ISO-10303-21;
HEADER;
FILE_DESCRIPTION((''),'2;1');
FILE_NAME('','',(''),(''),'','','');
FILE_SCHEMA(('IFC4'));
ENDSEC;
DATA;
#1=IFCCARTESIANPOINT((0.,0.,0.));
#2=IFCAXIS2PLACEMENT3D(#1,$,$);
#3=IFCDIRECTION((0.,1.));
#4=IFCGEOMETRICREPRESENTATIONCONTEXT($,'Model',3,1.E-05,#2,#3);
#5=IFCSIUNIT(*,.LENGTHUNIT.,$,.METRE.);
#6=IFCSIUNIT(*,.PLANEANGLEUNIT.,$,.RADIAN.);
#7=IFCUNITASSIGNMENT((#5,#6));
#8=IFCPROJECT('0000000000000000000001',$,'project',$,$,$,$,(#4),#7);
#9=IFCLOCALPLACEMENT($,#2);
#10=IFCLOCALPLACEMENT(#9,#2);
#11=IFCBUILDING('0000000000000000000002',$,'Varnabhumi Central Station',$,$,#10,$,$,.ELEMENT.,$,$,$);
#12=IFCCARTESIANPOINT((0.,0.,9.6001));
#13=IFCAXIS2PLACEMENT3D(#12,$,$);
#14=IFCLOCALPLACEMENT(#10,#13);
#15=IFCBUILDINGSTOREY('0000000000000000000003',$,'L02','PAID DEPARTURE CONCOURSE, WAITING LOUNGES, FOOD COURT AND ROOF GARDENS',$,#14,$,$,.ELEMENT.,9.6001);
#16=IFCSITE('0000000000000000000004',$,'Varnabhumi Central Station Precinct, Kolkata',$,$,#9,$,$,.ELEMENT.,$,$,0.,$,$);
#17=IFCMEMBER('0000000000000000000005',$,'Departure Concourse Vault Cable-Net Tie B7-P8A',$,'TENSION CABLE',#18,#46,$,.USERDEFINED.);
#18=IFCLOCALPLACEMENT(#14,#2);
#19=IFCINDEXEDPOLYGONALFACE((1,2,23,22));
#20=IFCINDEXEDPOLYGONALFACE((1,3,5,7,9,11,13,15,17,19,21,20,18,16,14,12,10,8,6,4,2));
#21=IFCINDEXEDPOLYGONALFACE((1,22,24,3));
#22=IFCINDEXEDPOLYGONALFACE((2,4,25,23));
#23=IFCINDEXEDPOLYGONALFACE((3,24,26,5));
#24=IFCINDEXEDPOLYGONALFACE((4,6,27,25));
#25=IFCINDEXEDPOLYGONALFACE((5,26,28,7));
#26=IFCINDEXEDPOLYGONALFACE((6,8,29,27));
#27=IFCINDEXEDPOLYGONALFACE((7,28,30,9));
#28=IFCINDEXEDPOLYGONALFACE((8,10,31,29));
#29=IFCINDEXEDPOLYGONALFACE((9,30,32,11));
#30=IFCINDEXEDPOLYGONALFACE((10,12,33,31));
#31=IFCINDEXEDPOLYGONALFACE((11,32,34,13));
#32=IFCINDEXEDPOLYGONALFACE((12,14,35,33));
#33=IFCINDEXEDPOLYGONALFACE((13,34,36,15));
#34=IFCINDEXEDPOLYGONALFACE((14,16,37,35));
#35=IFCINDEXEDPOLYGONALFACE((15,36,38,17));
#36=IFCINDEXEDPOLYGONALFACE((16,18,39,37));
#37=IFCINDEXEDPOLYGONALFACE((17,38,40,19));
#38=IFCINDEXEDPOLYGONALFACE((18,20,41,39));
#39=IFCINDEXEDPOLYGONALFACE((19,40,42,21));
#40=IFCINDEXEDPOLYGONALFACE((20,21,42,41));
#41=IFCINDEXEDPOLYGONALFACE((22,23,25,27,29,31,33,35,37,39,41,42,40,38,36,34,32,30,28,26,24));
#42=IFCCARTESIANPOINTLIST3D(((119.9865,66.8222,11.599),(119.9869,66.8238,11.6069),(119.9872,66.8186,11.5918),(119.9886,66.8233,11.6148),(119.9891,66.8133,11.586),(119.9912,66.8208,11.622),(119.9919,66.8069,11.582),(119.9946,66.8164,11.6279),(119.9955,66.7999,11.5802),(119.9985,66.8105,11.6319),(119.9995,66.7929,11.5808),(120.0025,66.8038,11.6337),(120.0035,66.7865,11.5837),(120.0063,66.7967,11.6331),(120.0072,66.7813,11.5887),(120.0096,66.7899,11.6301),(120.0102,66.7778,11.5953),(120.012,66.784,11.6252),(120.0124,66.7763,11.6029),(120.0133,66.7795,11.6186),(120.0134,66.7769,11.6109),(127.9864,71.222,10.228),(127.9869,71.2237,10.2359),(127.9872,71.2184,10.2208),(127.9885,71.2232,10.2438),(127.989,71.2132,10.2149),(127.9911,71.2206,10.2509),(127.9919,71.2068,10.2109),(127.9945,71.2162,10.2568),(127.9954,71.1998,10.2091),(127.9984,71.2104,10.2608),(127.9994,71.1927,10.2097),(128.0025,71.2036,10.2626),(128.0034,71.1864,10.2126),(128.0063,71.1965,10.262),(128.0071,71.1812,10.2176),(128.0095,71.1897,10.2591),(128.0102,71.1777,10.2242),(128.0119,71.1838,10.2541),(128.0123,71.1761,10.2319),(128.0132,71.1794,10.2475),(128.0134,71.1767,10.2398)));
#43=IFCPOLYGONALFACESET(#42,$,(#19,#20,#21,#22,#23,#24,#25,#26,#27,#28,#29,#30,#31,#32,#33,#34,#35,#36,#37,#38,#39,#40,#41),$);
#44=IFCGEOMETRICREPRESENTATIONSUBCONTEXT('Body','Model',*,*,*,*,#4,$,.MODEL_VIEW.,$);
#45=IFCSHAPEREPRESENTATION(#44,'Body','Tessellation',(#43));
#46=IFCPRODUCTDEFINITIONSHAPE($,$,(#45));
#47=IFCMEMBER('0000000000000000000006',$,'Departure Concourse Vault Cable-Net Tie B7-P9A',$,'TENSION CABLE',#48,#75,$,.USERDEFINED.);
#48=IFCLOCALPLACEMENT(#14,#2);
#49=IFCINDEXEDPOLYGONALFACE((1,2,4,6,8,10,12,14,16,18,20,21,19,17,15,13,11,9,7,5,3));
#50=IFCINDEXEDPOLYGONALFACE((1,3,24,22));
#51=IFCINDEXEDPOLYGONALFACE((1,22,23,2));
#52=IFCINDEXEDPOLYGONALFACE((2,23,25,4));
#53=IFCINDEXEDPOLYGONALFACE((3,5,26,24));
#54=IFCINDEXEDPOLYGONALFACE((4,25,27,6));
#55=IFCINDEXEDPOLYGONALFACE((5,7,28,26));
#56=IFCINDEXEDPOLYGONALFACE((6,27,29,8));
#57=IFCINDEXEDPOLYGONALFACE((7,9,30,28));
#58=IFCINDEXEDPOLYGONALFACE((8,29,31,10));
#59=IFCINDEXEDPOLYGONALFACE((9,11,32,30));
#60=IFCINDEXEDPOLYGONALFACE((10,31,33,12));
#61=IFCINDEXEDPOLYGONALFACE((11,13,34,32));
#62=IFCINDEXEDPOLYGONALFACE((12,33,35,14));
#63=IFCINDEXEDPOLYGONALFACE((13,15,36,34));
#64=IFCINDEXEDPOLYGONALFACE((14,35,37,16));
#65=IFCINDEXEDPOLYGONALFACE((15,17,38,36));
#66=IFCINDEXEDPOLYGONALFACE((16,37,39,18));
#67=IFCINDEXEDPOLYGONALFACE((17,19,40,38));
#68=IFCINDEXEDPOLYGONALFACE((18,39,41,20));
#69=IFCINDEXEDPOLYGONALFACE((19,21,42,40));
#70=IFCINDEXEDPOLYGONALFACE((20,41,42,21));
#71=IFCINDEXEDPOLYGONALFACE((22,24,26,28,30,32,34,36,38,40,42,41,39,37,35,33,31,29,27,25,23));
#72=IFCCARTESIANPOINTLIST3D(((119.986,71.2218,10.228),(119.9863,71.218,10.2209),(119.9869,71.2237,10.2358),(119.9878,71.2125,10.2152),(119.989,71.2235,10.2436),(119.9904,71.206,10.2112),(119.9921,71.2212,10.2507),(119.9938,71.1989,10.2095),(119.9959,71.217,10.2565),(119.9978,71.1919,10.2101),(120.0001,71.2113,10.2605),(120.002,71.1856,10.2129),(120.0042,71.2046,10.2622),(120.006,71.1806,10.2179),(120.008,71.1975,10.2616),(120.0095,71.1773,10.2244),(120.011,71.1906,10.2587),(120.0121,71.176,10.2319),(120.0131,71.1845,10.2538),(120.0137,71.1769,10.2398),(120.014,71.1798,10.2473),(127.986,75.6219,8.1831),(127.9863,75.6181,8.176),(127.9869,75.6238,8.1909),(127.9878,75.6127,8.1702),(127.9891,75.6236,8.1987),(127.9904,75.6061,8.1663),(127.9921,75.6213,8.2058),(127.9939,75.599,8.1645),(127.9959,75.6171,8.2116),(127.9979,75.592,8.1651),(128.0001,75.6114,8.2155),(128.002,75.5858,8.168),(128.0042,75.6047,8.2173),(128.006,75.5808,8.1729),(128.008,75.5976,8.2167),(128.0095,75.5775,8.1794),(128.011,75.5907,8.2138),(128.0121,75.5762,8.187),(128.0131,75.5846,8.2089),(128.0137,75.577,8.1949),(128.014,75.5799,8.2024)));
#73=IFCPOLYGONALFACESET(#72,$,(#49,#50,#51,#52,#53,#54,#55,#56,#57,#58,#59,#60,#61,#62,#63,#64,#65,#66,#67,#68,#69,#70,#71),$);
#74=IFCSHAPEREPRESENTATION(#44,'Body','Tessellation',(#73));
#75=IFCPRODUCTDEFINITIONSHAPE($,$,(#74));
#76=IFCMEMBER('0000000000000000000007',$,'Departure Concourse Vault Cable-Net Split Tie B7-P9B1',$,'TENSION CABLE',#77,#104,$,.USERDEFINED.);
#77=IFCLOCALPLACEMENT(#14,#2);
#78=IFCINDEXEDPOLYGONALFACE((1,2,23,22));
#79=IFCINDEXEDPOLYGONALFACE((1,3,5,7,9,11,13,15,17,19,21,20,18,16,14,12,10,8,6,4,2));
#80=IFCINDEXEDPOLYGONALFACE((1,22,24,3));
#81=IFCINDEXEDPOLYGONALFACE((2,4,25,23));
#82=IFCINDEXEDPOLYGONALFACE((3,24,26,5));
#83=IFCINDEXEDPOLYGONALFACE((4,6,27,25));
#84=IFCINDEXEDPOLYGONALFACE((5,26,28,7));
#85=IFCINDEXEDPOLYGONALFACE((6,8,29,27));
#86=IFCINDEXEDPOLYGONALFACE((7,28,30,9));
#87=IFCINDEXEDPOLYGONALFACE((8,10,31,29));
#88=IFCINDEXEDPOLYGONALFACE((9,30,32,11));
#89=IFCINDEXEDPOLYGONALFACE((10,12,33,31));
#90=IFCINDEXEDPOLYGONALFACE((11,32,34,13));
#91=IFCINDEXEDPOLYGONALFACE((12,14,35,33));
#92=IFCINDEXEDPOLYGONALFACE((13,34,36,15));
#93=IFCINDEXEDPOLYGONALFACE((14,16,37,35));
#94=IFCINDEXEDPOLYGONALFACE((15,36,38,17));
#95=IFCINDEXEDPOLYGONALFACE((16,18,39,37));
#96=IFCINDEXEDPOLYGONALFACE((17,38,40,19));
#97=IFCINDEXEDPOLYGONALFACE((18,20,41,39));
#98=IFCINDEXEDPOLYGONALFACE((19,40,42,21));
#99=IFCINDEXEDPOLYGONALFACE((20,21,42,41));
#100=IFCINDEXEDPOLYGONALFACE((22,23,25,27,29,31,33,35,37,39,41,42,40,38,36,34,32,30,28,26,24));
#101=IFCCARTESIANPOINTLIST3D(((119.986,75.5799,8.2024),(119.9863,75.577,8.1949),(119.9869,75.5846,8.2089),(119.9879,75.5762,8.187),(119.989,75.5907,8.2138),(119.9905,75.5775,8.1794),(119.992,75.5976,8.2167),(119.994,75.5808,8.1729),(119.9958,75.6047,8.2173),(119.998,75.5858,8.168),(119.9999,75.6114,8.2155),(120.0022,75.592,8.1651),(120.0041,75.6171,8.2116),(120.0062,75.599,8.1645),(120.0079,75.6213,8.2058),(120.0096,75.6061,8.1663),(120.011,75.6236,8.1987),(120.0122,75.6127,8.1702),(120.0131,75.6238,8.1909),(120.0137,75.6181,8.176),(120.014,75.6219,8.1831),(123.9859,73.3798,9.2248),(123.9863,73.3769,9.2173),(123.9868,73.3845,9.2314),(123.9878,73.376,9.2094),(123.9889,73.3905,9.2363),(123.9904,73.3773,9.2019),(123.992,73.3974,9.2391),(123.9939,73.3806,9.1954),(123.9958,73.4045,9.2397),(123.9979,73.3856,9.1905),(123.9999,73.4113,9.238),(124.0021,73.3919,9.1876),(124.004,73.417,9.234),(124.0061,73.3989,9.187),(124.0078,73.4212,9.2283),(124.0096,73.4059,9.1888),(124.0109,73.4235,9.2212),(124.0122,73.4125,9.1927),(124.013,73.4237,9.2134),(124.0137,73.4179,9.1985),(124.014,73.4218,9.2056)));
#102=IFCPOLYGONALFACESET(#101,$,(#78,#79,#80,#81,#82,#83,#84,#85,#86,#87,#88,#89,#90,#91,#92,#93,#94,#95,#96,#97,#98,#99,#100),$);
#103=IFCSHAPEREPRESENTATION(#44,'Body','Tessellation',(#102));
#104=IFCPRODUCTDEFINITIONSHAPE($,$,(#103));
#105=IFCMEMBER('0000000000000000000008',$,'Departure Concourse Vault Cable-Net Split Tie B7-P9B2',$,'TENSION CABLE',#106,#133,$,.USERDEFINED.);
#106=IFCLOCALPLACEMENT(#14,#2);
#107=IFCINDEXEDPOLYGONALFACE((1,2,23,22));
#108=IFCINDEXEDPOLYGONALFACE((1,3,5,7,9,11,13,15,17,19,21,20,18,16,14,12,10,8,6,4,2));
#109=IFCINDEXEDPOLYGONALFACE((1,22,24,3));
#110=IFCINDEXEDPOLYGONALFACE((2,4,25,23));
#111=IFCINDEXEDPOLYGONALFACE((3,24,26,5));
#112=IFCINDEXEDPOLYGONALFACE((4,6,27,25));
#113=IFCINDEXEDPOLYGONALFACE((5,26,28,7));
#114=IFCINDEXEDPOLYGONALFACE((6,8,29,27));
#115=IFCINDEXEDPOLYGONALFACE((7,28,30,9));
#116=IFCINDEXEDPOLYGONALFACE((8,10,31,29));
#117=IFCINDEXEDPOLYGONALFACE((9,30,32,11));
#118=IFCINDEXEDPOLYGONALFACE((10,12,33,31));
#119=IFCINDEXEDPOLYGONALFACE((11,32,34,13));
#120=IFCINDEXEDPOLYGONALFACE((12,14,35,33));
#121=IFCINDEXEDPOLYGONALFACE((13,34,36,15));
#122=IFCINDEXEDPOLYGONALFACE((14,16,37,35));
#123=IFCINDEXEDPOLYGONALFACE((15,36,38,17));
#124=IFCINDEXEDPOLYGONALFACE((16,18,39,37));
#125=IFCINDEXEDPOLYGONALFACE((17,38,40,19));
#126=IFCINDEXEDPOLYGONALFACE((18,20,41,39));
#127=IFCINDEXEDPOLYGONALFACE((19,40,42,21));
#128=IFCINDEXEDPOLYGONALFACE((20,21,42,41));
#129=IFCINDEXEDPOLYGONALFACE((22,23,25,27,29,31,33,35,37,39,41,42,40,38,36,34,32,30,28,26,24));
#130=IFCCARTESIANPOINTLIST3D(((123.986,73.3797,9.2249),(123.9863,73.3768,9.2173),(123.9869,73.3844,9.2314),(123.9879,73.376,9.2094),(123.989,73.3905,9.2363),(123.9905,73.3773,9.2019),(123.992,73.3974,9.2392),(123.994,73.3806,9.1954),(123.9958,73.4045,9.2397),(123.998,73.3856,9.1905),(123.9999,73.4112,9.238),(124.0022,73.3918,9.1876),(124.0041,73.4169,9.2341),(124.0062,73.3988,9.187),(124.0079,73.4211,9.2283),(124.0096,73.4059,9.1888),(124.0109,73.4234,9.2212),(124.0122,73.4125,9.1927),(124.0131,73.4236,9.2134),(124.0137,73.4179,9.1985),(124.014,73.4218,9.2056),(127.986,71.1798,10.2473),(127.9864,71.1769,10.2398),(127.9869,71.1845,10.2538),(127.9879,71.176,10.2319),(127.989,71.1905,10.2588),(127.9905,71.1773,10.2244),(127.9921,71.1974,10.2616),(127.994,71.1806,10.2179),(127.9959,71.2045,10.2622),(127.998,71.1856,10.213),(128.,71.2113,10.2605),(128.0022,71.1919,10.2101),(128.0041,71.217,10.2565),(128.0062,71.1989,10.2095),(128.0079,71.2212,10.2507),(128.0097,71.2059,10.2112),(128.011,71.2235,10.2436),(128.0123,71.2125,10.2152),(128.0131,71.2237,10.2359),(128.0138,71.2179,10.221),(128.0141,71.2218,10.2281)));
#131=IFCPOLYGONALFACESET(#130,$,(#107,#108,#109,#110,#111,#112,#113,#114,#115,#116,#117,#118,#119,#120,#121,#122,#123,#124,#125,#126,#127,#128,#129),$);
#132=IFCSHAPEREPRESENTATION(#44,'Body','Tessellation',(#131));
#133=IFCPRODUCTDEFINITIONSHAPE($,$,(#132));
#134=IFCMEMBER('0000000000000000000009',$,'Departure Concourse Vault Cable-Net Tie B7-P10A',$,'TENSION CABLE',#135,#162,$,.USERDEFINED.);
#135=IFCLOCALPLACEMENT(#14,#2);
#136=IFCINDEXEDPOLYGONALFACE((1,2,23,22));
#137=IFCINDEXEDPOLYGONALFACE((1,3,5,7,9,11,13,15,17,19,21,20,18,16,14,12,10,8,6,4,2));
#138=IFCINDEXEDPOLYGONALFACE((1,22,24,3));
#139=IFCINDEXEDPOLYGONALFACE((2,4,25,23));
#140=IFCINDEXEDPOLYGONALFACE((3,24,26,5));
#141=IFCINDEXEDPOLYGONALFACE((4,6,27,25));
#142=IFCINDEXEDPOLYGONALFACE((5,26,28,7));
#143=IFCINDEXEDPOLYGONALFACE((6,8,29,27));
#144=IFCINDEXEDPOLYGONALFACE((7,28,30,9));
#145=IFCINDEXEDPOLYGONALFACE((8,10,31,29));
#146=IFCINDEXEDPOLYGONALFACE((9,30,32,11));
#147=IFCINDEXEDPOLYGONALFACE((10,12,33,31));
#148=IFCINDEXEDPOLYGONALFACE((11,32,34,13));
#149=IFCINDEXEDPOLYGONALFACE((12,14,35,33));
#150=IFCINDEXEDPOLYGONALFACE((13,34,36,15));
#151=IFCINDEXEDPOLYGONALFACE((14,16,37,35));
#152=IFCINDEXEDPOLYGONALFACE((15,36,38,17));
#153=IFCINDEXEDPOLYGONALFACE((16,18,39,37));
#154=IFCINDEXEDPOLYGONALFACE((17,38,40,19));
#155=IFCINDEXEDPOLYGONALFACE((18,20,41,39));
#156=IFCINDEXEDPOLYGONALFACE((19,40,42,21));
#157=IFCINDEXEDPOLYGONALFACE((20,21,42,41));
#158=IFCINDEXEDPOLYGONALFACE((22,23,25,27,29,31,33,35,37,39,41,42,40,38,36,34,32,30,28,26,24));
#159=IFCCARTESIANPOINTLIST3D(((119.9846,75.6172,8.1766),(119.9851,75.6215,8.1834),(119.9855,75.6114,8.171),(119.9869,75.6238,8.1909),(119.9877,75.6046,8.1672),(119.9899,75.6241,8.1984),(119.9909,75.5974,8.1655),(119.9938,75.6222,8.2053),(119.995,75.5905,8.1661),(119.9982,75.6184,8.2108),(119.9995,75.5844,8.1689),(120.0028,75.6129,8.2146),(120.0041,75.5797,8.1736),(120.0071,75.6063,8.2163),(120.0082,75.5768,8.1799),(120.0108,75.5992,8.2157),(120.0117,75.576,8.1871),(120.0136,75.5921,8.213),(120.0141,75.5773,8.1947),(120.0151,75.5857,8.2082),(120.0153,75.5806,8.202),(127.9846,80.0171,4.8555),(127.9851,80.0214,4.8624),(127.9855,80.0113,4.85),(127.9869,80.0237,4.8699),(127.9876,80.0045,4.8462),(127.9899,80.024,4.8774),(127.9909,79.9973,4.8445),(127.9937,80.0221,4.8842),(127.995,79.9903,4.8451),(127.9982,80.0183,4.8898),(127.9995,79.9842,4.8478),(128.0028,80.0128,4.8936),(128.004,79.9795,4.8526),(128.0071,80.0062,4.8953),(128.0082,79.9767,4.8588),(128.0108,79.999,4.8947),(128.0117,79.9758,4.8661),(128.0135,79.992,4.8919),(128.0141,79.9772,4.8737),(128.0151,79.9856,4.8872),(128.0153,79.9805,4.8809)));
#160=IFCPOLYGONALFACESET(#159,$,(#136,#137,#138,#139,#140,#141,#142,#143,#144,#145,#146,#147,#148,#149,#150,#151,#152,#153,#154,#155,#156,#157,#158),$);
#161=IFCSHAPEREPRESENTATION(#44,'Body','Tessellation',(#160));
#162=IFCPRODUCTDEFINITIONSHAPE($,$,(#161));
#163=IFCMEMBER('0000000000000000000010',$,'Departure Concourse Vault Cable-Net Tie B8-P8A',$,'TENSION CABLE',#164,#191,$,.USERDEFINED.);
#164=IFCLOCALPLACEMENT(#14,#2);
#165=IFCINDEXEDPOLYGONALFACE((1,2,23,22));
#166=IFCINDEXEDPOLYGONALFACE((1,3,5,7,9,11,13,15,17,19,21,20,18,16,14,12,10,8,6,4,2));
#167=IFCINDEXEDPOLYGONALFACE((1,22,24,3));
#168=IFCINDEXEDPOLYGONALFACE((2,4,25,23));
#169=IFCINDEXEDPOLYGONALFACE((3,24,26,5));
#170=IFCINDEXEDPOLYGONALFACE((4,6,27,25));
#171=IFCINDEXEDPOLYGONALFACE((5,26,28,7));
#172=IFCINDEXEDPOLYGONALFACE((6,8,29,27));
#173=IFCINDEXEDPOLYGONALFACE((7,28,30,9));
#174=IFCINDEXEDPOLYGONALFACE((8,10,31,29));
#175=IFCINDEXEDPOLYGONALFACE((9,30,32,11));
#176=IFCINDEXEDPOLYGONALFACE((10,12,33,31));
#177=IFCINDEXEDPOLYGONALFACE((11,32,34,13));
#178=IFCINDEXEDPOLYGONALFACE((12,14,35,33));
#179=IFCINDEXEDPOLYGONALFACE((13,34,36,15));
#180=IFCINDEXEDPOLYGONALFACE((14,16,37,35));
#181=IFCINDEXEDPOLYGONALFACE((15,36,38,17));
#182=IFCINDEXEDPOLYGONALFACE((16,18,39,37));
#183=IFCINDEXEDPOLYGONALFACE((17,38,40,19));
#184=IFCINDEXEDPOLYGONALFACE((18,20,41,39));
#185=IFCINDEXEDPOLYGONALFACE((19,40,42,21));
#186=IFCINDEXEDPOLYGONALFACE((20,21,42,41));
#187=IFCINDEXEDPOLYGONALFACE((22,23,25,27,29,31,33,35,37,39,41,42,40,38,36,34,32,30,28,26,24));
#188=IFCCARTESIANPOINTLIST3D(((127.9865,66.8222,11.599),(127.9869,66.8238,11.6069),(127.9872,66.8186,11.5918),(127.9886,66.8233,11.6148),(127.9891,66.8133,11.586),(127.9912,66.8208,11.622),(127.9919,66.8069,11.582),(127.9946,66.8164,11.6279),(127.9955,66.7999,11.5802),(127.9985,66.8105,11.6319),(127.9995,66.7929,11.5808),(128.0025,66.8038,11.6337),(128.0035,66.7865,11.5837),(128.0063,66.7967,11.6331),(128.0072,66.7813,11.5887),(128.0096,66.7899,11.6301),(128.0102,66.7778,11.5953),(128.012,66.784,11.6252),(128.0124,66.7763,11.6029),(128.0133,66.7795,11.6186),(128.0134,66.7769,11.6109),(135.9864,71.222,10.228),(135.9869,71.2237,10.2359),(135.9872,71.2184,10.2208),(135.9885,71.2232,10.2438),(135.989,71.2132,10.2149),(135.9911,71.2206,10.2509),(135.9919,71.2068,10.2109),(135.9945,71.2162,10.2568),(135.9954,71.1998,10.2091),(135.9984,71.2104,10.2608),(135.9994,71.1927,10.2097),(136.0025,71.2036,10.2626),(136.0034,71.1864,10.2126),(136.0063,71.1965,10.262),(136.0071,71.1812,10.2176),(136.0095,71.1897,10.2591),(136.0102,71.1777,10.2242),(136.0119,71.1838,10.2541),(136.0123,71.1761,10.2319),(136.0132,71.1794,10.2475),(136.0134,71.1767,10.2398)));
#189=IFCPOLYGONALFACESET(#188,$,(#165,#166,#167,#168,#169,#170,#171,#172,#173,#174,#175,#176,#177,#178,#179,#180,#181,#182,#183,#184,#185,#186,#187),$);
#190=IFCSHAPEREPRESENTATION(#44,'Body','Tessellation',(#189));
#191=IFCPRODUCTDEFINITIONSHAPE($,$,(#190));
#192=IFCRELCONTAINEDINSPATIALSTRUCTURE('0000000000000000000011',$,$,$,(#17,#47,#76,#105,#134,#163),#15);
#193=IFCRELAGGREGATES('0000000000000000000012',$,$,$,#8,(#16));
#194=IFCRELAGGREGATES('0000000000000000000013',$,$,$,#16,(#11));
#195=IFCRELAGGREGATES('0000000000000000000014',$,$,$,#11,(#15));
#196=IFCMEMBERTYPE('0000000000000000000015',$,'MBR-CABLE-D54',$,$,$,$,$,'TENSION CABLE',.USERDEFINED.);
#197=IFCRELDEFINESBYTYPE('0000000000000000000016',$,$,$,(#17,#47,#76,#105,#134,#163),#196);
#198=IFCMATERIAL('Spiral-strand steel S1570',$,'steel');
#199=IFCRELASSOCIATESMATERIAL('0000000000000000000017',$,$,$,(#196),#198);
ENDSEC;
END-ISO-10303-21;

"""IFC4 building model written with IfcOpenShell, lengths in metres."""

from ifc_helpers import new_model, si_unit, direction, frame, origin, origin_2d, place, context, subcontext, project, spatial, circle, extrude, material, material_profile, profile_set, type_object, element, save


model = new_model("IFC4")

# Units and contexts
model_context = context("Model", 3, precision=1e-05, world=origin(), true_north=direction((0.0, 1.0)))
body_context = subcontext(model_context, "Body", "Model", "MODEL_VIEW")
ifc_project = project(units=[si_unit("LENGTHUNIT", "METRE"), si_unit("PLANEANGLEUNIT", "RADIAN")], contexts=[model_context])

# Site, building, storey
site_placement = place(None, origin())
site = spatial("IfcSite", under=ifc_project, at=site_placement, Name="Varnabhumi Central Station Precinct, Kolkata", CompositionType="ELEMENT", RefElevation=0.0)
building_placement = place(site_placement, origin())
building = spatial("IfcBuilding", under=site, at=building_placement, Name="Varnabhumi Central Station", CompositionType="ELEMENT")
storey_placement = place(building_placement, frame((0.0, 0.0, 9.6001)))
storey = spatial("IfcBuildingStorey", under=building, at=storey_placement, Name="L02", Description="PAID DEPARTURE CONCOURSE, WAITING LOUNGES, FOOD COURT AND ROOF GARDENS", CompositionType="ELEMENT", Elevation=9.6001)

# Members
ifc_material_1 = material(Name="Spiral-strand steel S1570", Category="steel")
ifc_material_profile_1 = material_profile(ifc_material_1, circle(Radius=0.0271, at=origin_2d()), Name="Spiral-strand steel S1570", Category="steel")
ifc_profile_set_1 = profile_set([ifc_material_profile_1], Name="Spiral-strand steel S1570")
member_type = type_object("IfcMemberType", Name="MBR-CABLE-D54", ElementType="TENSION CABLE", PredefinedType="USERDEFINED", material=ifc_profile_set_1)
member_1_placement = place(storey_placement, frame((120.0, 66.8, 11.6069), z_axis=(0.866504, 0.476567, -0.148507), x_axis=(-0.481911, 0.87622, 0.0)))
element("IfcMember", 1, at=member_1_placement, inside=storey, type_object=member_type, Name="Departure Concourse Vault Cable-Net Tie B7-P8A", ObjectType="TENSION CABLE", PredefinedType="USERDEFINED", context=body_context, shape_type="SweptSolid", body=[
    extrude(circle(Radius=0.0271, at=origin_2d()), origin(), (0.0, 0.0, 1.0), 9.2324),
])
member_2_placement = place(storey_placement, frame((120.0, 71.2, 10.2358), z_axis=(0.855026, 0.47028, -0.218558), x_axis=(-0.481931, 0.876209, 0.0)))
element("IfcMember", 2, at=member_2_placement, inside=storey, type_object=member_type, Name="Departure Concourse Vault Cable-Net Tie B7-P9A", ObjectType="TENSION CABLE", PredefinedType="USERDEFINED", context=body_context, shape_type="SweptSolid", body=[
    extrude(circle(Radius=0.0271, at=origin_2d()), origin(), (0.0, 0.0, 1.0), 9.3564),
])
for number, where, z_axis, x_axis, name in (
    (3, (120.0, 75.6001, 8.1909), (0.855015, -0.4703, 0.218555), (0.481952, 0.876198, 0.0), "Departure Concourse Vault Cable-Net Split Tie B7-P9B1"),
    (4, (124.0, 73.3999, 9.2134), (0.855036, -0.47026, 0.21856), (0.481911, 0.87622, 0.0), "Departure Concourse Vault Cable-Net Split Tie B7-P9B2"),
):
    element("IfcMember", number, at=place(storey_placement, frame(where, z_axis=z_axis, x_axis=x_axis)), inside=storey, type_object=member_type, Name=name, ObjectType="TENSION CABLE", PredefinedType="USERDEFINED", context=body_context, shape_type="SweptSolid", body=[
        extrude(circle(Radius=0.0271, at=origin_2d()), origin(), (0.0, 0.0, 1.0), 4.6782),
    ])
member_3_placement = place(storey_placement, frame((120.0, 75.6001, 8.1909), z_axis=(0.823437, 0.45288, -0.341834), x_axis=(-0.481911, 0.87622, 0.0)))
element("IfcMember", 5, at=member_3_placement, inside=storey, type_object=member_type, Name="Departure Concourse Vault Cable-Net Tie B7-P10A", ObjectType="TENSION CABLE", PredefinedType="USERDEFINED", context=body_context, shape_type="SweptSolid", body=[
    extrude(circle(Radius=0.0271, at=origin_2d()), origin(), (0.0, 0.0, 1.0), 9.7153),
])
member_4_placement = place(storey_placement, frame((128.0, 66.8, 11.6069), z_axis=(0.866504, 0.476567, -0.148507), x_axis=(-0.481911, 0.87622, 0.0)))
element("IfcMember", 6, at=member_4_placement, inside=storey, type_object=member_type, Name="Departure Concourse Vault Cable-Net Tie B8-P8A", ObjectType="TENSION CABLE", PredefinedType="USERDEFINED", context=body_context, shape_type="SweptSolid", body=[
    extrude(circle(Radius=0.0271, at=origin_2d()), origin(), (0.0, 0.0, 1.0), 9.2324),
])

save(model, "model.ifc")
